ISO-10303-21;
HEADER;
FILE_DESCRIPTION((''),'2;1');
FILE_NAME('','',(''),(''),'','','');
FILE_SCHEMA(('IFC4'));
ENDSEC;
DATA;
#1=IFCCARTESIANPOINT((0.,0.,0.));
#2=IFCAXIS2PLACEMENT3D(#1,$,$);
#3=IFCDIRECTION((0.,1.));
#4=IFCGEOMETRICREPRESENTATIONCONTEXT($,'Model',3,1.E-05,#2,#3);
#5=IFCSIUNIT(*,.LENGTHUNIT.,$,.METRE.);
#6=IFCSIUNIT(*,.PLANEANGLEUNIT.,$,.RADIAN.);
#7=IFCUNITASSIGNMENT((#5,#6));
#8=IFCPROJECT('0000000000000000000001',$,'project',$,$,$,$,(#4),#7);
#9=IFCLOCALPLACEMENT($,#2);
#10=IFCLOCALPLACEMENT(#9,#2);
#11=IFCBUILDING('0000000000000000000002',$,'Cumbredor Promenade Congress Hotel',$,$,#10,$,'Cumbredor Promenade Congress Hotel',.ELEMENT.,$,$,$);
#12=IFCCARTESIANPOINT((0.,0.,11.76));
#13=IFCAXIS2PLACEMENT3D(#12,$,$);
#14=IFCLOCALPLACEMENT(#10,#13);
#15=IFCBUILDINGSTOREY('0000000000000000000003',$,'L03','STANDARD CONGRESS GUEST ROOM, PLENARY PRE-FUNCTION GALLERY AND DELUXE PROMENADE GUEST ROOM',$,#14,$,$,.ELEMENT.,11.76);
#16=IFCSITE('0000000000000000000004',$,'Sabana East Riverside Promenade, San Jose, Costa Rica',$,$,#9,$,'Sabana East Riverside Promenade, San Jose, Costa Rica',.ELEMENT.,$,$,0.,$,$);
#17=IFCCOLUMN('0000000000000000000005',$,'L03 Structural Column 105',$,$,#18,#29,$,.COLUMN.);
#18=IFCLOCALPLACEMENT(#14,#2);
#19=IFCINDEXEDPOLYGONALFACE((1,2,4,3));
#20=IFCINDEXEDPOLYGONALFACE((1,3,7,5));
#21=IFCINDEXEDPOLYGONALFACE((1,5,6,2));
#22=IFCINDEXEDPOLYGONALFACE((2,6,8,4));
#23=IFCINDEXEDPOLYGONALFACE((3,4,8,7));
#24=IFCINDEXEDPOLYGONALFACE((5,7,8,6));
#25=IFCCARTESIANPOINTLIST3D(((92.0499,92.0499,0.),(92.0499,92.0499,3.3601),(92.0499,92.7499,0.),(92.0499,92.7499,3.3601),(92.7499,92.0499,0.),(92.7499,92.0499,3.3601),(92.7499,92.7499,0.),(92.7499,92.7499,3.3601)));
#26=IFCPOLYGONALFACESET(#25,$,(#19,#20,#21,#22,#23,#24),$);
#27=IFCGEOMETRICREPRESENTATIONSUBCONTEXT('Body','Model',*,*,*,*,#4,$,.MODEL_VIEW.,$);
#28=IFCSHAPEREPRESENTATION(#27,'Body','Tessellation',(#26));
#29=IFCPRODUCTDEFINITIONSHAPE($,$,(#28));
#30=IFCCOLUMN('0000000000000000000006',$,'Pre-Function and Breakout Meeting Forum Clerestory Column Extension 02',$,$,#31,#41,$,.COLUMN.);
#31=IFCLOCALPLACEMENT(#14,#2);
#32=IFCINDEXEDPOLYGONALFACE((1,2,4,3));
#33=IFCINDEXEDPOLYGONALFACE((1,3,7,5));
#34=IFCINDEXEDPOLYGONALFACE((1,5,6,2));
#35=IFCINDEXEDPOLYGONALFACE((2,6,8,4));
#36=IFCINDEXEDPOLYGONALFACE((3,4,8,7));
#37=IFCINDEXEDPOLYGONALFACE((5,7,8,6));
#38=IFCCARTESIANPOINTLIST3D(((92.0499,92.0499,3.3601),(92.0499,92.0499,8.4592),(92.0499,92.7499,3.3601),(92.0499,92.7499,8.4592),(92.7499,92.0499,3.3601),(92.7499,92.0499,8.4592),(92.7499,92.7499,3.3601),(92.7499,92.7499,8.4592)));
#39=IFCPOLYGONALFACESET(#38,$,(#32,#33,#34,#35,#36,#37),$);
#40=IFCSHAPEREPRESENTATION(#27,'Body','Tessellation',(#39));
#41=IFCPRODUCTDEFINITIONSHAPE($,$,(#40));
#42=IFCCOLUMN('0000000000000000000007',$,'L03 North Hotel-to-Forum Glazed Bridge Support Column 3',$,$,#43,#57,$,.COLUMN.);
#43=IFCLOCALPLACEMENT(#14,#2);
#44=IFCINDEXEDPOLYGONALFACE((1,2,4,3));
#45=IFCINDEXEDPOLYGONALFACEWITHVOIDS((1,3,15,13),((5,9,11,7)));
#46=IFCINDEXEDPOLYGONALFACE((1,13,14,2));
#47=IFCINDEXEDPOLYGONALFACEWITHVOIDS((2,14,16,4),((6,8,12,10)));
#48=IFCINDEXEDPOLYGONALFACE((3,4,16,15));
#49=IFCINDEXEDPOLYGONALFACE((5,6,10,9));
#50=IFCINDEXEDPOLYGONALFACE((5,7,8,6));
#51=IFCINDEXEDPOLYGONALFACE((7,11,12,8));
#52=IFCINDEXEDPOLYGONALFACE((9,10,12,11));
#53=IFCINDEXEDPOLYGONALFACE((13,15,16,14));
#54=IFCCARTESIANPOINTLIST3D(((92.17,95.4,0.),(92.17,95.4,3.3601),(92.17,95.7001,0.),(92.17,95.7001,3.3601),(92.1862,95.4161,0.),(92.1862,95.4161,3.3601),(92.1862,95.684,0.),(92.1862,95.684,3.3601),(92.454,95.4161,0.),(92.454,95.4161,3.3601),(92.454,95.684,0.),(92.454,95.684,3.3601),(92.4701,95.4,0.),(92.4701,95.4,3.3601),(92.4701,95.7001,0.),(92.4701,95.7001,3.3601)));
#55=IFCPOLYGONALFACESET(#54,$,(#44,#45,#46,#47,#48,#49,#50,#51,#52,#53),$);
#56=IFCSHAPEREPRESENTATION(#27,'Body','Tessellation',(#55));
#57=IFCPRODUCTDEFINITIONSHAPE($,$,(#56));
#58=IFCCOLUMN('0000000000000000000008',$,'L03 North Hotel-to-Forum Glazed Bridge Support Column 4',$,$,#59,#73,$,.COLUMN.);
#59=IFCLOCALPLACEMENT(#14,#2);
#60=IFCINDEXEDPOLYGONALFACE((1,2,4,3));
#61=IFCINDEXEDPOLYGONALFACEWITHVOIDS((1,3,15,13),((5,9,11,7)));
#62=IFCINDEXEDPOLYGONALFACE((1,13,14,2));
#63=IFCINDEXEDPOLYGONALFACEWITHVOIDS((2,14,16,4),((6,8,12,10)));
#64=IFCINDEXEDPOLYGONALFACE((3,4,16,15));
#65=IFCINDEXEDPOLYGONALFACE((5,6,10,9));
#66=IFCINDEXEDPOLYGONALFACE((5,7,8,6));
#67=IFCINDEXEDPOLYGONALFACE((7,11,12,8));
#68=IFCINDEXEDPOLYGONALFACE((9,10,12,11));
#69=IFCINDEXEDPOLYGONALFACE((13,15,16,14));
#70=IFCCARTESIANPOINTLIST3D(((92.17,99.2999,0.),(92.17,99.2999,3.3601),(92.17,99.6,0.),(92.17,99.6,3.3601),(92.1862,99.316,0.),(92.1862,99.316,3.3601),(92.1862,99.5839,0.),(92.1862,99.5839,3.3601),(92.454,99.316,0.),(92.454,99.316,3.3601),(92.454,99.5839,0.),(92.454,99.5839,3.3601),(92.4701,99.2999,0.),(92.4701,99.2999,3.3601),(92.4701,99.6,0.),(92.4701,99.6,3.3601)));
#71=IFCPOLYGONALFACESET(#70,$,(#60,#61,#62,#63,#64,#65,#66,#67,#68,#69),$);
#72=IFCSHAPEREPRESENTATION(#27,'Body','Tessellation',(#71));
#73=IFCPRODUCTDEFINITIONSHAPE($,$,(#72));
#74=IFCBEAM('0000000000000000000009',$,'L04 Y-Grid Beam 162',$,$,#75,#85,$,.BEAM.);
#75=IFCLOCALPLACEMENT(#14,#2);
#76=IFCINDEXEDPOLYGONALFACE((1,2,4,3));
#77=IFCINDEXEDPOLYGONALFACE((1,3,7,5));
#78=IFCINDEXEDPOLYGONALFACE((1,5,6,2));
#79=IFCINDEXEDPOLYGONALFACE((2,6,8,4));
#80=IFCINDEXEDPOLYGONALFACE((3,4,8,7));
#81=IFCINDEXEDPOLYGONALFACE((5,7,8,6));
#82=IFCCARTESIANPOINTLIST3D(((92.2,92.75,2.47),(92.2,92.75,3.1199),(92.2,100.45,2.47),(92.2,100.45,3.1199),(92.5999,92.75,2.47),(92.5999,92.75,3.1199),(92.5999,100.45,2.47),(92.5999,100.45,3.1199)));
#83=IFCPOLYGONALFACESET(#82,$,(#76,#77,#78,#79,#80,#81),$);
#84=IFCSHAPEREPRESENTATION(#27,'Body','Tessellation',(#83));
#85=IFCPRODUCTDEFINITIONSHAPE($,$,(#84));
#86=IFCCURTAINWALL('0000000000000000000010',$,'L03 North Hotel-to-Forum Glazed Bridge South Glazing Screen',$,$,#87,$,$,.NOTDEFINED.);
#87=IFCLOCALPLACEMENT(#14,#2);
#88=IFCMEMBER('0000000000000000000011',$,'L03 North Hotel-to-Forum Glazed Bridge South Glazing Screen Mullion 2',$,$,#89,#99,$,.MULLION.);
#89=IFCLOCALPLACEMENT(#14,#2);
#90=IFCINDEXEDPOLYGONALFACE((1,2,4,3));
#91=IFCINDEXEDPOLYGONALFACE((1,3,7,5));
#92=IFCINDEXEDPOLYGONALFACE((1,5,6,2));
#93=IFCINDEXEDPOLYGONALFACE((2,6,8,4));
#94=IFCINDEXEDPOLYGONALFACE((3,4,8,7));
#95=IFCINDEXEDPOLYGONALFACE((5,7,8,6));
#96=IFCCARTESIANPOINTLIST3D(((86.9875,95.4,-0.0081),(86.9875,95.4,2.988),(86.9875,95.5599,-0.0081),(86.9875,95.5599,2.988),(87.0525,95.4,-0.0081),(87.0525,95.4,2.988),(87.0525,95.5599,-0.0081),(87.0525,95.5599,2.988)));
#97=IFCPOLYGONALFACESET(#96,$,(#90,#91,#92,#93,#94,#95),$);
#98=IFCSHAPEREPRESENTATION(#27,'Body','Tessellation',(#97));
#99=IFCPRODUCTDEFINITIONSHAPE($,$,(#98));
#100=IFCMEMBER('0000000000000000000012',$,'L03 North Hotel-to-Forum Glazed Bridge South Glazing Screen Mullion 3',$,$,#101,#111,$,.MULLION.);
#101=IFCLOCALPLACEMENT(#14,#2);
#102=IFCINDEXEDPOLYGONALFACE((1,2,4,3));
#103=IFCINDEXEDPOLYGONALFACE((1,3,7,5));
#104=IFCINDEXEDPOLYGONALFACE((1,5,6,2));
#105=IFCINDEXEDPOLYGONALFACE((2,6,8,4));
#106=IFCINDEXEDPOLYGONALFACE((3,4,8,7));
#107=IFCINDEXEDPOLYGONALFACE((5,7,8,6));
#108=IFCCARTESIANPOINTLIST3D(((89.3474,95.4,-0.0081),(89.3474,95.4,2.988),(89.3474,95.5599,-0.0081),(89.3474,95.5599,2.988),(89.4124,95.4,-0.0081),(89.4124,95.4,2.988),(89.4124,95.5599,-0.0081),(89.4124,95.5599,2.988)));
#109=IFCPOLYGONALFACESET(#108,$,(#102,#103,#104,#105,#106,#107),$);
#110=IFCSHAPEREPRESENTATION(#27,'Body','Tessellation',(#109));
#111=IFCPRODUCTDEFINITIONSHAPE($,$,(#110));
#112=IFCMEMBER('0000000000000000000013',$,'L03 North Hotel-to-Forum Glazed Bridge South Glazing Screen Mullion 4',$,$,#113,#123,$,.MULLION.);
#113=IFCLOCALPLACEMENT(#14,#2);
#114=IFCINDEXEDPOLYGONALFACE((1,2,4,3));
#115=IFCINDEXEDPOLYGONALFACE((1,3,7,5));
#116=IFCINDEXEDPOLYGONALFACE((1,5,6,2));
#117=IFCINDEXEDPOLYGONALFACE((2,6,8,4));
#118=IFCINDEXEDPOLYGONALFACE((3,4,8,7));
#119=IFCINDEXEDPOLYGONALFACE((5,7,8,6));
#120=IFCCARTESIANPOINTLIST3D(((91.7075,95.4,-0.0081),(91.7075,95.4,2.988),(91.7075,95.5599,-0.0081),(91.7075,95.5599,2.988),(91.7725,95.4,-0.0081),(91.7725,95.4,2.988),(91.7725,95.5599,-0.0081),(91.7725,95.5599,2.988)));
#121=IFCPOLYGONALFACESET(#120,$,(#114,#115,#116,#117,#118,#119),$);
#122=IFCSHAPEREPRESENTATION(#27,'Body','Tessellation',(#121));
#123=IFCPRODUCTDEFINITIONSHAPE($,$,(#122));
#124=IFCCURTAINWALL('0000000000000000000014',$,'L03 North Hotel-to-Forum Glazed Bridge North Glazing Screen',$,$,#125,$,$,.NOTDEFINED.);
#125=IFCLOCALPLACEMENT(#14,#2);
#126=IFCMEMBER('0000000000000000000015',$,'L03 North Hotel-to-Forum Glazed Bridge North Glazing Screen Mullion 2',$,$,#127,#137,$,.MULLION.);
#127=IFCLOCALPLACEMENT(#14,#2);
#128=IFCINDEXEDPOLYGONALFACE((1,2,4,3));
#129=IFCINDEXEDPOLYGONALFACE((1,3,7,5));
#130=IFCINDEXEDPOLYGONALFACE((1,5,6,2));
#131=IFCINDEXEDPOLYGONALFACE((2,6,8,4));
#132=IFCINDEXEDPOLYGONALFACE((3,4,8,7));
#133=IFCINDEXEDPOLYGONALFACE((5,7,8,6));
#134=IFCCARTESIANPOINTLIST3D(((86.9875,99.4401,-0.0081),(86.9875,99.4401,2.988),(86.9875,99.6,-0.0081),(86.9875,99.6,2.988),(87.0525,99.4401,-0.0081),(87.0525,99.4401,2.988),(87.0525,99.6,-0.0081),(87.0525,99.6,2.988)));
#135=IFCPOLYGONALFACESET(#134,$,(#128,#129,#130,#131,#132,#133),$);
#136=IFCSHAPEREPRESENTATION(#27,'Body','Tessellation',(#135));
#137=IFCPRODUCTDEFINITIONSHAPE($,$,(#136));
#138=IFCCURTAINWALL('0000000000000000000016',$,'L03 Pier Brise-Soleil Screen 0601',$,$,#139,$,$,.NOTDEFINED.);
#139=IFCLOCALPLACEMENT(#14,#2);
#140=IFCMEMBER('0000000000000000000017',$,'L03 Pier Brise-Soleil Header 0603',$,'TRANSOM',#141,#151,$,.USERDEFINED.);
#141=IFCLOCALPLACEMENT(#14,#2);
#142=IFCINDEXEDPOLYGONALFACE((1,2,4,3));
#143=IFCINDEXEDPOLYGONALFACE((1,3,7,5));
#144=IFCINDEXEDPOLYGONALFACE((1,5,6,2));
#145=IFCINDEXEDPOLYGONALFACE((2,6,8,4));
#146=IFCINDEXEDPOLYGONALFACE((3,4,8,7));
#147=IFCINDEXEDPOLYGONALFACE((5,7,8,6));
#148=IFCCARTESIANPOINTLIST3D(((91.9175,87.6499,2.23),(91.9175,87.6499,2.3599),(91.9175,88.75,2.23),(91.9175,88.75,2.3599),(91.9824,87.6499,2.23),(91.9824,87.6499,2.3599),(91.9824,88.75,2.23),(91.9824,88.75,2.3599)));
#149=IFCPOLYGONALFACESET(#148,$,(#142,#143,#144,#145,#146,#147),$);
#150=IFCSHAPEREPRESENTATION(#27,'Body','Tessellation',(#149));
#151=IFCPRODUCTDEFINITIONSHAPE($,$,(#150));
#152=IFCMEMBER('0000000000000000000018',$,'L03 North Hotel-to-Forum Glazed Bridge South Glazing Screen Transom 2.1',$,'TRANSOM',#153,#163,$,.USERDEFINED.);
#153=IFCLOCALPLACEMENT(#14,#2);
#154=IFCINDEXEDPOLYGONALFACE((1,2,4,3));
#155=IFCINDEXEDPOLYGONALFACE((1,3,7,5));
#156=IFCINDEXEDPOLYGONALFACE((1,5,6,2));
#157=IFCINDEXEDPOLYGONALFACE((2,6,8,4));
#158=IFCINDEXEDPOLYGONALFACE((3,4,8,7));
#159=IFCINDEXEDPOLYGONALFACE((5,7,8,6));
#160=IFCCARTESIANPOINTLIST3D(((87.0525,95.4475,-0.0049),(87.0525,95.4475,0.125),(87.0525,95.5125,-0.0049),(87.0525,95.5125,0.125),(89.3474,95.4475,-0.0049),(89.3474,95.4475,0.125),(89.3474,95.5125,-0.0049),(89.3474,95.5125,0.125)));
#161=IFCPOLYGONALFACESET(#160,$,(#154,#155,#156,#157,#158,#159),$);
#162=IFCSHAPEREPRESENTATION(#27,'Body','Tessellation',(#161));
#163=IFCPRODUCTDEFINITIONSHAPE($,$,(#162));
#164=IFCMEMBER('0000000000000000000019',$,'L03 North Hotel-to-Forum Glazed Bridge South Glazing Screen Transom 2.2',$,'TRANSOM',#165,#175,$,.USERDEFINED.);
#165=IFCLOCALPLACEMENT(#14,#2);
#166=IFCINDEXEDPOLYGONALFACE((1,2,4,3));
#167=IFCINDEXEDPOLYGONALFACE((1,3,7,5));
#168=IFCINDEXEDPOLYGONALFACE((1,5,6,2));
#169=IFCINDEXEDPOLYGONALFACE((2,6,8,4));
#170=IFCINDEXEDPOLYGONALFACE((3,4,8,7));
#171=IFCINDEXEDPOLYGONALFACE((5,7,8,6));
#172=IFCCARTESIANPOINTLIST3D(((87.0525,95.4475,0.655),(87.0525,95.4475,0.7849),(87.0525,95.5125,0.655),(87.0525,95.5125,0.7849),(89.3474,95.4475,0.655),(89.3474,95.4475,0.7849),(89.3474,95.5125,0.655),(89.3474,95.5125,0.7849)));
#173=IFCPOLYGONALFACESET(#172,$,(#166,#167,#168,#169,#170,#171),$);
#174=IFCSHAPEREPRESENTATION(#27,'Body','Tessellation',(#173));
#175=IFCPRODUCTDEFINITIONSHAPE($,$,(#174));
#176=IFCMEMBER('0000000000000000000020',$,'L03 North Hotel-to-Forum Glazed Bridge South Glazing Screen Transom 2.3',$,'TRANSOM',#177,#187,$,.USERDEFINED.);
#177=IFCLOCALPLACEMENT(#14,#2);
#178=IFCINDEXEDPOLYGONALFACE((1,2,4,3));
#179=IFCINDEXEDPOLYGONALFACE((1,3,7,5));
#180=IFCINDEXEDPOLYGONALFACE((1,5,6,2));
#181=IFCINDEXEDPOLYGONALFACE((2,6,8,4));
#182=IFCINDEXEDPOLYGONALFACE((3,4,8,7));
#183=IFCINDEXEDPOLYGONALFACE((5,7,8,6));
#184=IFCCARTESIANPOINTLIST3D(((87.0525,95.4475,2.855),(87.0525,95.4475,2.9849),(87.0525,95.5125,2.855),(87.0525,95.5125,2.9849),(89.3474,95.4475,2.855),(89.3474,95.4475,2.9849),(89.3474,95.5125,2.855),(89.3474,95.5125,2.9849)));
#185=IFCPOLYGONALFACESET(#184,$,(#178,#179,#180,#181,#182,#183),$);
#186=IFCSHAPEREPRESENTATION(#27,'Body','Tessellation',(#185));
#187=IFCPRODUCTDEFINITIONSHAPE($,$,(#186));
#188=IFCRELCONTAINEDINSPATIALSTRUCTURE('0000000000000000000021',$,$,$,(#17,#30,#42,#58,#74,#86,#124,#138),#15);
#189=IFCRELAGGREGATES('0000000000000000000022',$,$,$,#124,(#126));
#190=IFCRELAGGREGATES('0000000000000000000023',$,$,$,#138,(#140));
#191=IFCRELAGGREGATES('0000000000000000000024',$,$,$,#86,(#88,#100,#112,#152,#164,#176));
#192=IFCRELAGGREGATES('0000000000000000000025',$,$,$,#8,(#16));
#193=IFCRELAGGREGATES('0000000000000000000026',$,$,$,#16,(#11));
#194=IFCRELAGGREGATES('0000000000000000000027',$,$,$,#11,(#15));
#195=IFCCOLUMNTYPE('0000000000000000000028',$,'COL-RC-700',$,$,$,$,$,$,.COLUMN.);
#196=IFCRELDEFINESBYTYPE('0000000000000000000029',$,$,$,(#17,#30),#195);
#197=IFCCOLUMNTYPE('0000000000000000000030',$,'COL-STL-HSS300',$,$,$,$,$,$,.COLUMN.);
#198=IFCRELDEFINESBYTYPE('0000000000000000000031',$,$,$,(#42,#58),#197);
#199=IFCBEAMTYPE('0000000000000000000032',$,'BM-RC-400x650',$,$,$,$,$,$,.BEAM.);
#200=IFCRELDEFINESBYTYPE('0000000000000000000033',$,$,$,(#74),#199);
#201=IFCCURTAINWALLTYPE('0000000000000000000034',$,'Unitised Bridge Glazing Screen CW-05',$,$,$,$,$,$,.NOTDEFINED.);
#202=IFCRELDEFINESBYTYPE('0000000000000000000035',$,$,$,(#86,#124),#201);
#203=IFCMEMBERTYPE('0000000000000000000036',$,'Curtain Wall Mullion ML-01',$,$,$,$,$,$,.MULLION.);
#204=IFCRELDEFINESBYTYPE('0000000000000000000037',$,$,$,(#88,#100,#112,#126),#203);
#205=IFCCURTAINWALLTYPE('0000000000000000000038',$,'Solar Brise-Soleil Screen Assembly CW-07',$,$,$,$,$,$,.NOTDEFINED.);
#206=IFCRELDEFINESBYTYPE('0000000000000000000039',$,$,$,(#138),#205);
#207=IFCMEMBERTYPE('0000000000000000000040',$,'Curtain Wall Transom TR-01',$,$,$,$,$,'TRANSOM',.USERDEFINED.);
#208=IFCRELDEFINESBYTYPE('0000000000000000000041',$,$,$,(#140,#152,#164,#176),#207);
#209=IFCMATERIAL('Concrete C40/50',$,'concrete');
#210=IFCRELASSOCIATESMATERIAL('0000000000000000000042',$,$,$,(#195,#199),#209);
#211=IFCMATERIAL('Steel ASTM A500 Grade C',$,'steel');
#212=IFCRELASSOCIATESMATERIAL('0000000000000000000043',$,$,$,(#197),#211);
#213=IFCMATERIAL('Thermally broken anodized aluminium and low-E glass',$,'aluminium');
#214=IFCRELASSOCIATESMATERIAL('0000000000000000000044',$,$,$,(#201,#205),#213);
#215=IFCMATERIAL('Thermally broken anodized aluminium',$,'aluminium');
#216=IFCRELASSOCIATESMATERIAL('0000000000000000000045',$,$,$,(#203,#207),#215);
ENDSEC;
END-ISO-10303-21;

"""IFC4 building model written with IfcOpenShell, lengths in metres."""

from ifc_helpers import new_model, si_unit, direction, frame, origin, origin_2d, place, context, subcontext, project, spatial, rectangle, hollow_rectangle, extrude, material, material_profile, profile_set, type_object, element, aggregate, save


model = new_model("IFC4")

# Units and contexts
model_context = context("Model", 3, precision=1e-05, world=origin(), true_north=direction((0.0, 1.0)))
body_context = subcontext(model_context, "Body", "Model", "MODEL_VIEW")
ifc_project = project(units=[si_unit("LENGTHUNIT", "METRE"), si_unit("PLANEANGLEUNIT", "RADIAN")], contexts=[model_context])

# Site, building, storey
site_placement = place(None, origin())
site = spatial("IfcSite", under=ifc_project, at=site_placement, Name="Sabana East Riverside Promenade, San Jose, Costa Rica", LongName="Sabana East Riverside Promenade, San Jose, Costa Rica", CompositionType="ELEMENT", RefElevation=0.0)
building_placement = place(site_placement, origin())
building = spatial("IfcBuilding", under=site, at=building_placement, Name="Cumbredor Promenade Congress Hotel", LongName="Cumbredor Promenade Congress Hotel", CompositionType="ELEMENT")
storey_placement = place(building_placement, frame((0.0, 0.0, 11.76)))
storey = spatial("IfcBuildingStorey", under=building, at=storey_placement, Name="L03", Description="STANDARD CONGRESS GUEST ROOM, PLENARY PRE-FUNCTION GALLERY AND DELUXE PROMENADE GUEST ROOM", CompositionType="ELEMENT", Elevation=11.76)

# Columns
ifc_material_1 = material(Name="Concrete C40/50", Category="concrete")
ifc_material_profile_1 = material_profile(ifc_material_1, rectangle(XDim=0.7, YDim=0.7, at=origin_2d()), Name="RC 700x700")
ifc_profile_set_1 = profile_set([ifc_material_profile_1], Name="Concrete C40/50")
column_type_1 = type_object("IfcColumnType", Name="COL-RC-700", PredefinedType="COLUMN", material=ifc_profile_set_1)
column_1_placement = place(storey_placement, frame((92.3999, 92.3999, 0.0), z_axis=(0.0, 0.0, 1.0), x_axis=(1.0, 0.0, 0.0)))
element("IfcColumn", 1, at=column_1_placement, inside=storey, type_object=column_type_1, Name="L03 Structural Column 105", PredefinedType="COLUMN", context=body_context, shape_type="SweptSolid", body=[
    extrude(rectangle(XDim=0.7, YDim=0.7, at=origin_2d()), origin(), (0.0, 0.0, 1.0), 3.3601),
])
column_2_placement = place(storey_placement, frame((92.3999, 92.3999, 3.3601), z_axis=(0.0, 0.0, 1.0), x_axis=(1.0, 0.0, 0.0)))
element("IfcColumn", 2, at=column_2_placement, inside=storey, type_object=column_type_1, Name="Pre-Function and Breakout Meeting Forum Clerestory Column Extension 02", PredefinedType="COLUMN", context=body_context, shape_type="SweptSolid", body=[
    extrude(rectangle(XDim=0.7, YDim=0.7, at=origin_2d()), origin(), (0.0, 0.0, 1.0), 5.0991),
])
ifc_material_2 = material(Name="Steel ASTM A500 Grade C", Category="steel")
ifc_material_profile_2 = material_profile(ifc_material_2, hollow_rectangle(XDim=0.3, YDim=0.3, WallThickness=0.0161, at=origin_2d()), Name="HSS 300x300x16")
ifc_profile_set_2 = profile_set([ifc_material_profile_2], Name="Steel ASTM A500 Grade C")
column_type_2 = type_object("IfcColumnType", Name="COL-STL-HSS300", PredefinedType="COLUMN", material=ifc_profile_set_2)
for number, where, z_axis, x_axis, name in (
    (3, (92.3201, 95.55, 0.0), (0.0, 0.0, 1.0), (1.0, 0.0, 0.0), "L03 North Hotel-to-Forum Glazed Bridge Support Column 3"),
    (4, (92.3201, 99.45, 0.0), (0.0, 0.0, 1.0), (1.0, 0.0, 0.0), "L03 North Hotel-to-Forum Glazed Bridge Support Column 4"),
):
    element("IfcColumn", number, at=place(storey_placement, frame(where, z_axis=z_axis, x_axis=x_axis)), inside=storey, type_object=column_type_2, Name=name, PredefinedType="COLUMN", context=body_context, shape_type="SweptSolid", body=[
        extrude(hollow_rectangle(XDim=0.3, YDim=0.3, WallThickness=0.0161, at=origin_2d()), origin(), (0.0, 0.0, 1.0), 3.3601),
    ])

# Beam
ifc_material_profile_3 = material_profile(ifc_material_1, rectangle(XDim=0.3999, YDim=0.6499, at=origin_2d()), Name="RC BEAM 400x650")
ifc_profile_set_3 = profile_set([ifc_material_profile_3], Name="Concrete C40/50")
beam_type_1 = type_object("IfcBeamType", Name="BM-RC-400x650", PredefinedType="BEAM", material=ifc_profile_set_3)
beam_1_placement = place(storey_placement, frame((92.3999, 92.75, 2.7949), z_axis=(0.0, 1.0, 0.0), x_axis=(-1.0, 0.0, 0.0)))
element("IfcBeam", 5, at=beam_1_placement, inside=storey, type_object=beam_type_1, Name="L04 Y-Grid Beam 162", PredefinedType="BEAM", context=body_context, shape_type="SweptSolid", body=[
    extrude(rectangle(XDim=0.3999, YDim=0.6499, at=origin_2d()), origin(), (0.0, 0.0, 1.0), 7.7),
])

# Curtain wall, members
ifc_material_3 = material(Name="Thermally broken anodized aluminium and low-E glass", Category="aluminium")
curtain_wall_type_1 = type_object("IfcCurtainWallType", Name="Unitised Bridge Glazing Screen CW-05", PredefinedType="NOTDEFINED", material=ifc_material_3)
curtain_wall_1_placement = place(storey_placement, origin())
curtain_wall_1 = element("IfcCurtainWall", 6, at=curtain_wall_1_placement, inside=storey, type_object=curtain_wall_type_1, Name="L03 North Hotel-to-Forum Glazed Bridge South Glazing Screen", PredefinedType="NOTDEFINED")
ifc_material_4 = material(Name="Thermally broken anodized aluminium", Category="aluminium")
ifc_material_profile_4 = material_profile(ifc_material_4, rectangle(XDim=0.0649, YDim=0.1599, at=origin_2d()), Name="ALU MULLION 65x160")
ifc_profile_set_4 = profile_set([ifc_material_profile_4], Name="Thermally broken anodized aluminium")
member_type_1 = type_object("IfcMemberType", Name="Curtain Wall Mullion ML-01", PredefinedType="MULLION", material=ifc_profile_set_4)
member_1_placement = place(storey_placement, frame((87.02, 95.48, -0.0081), z_axis=(0.0, 0.0, 1.0), x_axis=(1.0, 0.0, 0.0)))
member_1 = element("IfcMember", 7, at=member_1_placement, type_object=member_type_1, Name="L03 North Hotel-to-Forum Glazed Bridge South Glazing Screen Mullion 2", PredefinedType="MULLION", context=body_context, shape_type="SweptSolid", body=[
    extrude(rectangle(XDim=0.0649, YDim=0.1599, at=origin_2d()), origin(), (0.0, 0.0, 1.0), 2.9961),
])
member_2_placement = place(storey_placement, frame((89.3799, 95.48, -0.0081), z_axis=(0.0, 0.0, 1.0), x_axis=(1.0, 0.0, 0.0)))
member_2 = element("IfcMember", 8, at=member_2_placement, type_object=member_type_1, Name="L03 North Hotel-to-Forum Glazed Bridge South Glazing Screen Mullion 3", PredefinedType="MULLION", context=body_context, shape_type="SweptSolid", body=[
    extrude(rectangle(XDim=0.0649, YDim=0.1599, at=origin_2d()), origin(), (0.0, 0.0, 1.0), 2.9961),
])
member_3_placement = place(storey_placement, frame((91.74, 95.48, -0.0081), z_axis=(0.0, 0.0, 1.0), x_axis=(1.0, 0.0, 0.0)))
member_3 = element("IfcMember", 9, at=member_3_placement, type_object=member_type_1, Name="L03 North Hotel-to-Forum Glazed Bridge South Glazing Screen Mullion 4", PredefinedType="MULLION", context=body_context, shape_type="SweptSolid", body=[
    extrude(rectangle(XDim=0.0649, YDim=0.1599, at=origin_2d()), origin(), (0.0, 0.0, 1.0), 2.9961),
])

# Curtain walls, members
curtain_wall_2_placement = place(storey_placement, origin())
curtain_wall_2 = element("IfcCurtainWall", 10, at=curtain_wall_2_placement, inside=storey, type_object=curtain_wall_type_1, Name="L03 North Hotel-to-Forum Glazed Bridge North Glazing Screen", PredefinedType="NOTDEFINED")
member_4_placement = place(storey_placement, frame((87.02, 99.52, -0.0081), z_axis=(0.0, 0.0, 1.0), x_axis=(1.0, 0.0, 0.0)))
member_4 = element("IfcMember", 11, at=member_4_placement, type_object=member_type_1, Name="L03 North Hotel-to-Forum Glazed Bridge North Glazing Screen Mullion 2", PredefinedType="MULLION", context=body_context, shape_type="SweptSolid", body=[
    extrude(rectangle(XDim=0.0649, YDim=0.1599, at=origin_2d()), origin(), (0.0, 0.0, 1.0), 2.9961),
])
curtain_wall_type_2 = type_object("IfcCurtainWallType", Name="Solar Brise-Soleil Screen Assembly CW-07", PredefinedType="NOTDEFINED", material=ifc_material_3)
curtain_wall_3_placement = place(storey_placement, origin())
curtain_wall_3 = element("IfcCurtainWall", 12, at=curtain_wall_3_placement, inside=storey, type_object=curtain_wall_type_2, Name="L03 Pier Brise-Soleil Screen 0601", PredefinedType="NOTDEFINED")
ifc_material_profile_5 = material_profile(ifc_material_4, rectangle(XDim=0.0649, YDim=0.1299, at=origin_2d()), Name="ALU TRANSOM 65x130")
ifc_profile_set_5 = profile_set([ifc_material_profile_5], Name="Thermally broken anodized aluminium")
member_type_2 = type_object("IfcMemberType", Name="Curtain Wall Transom TR-01", ElementType="TRANSOM", PredefinedType="USERDEFINED", material=ifc_profile_set_5)
member_5_placement = place(storey_placement, frame((91.95, 87.6499, 2.2949), z_axis=(0.0, 1.0, 0.0), x_axis=(-1.0, 0.0, 0.0)))
member_5 = element("IfcMember", 13, at=member_5_placement, type_object=member_type_2, Name="L03 Pier Brise-Soleil Header 0603", ObjectType="TRANSOM", PredefinedType="USERDEFINED", context=body_context, shape_type="SweptSolid", body=[
    extrude(rectangle(XDim=0.0649, YDim=0.1299, at=origin_2d()), origin(), (0.0, 0.0, 1.0), 1.1001),
])

# Members
member_6_placement = place(storey_placement, frame((87.0525, 95.48, 0.0601), z_axis=(1.0, 0.0, 0.0), x_axis=(0.0, 1.0, 0.0)))
member_6 = element("IfcMember", 14, at=member_6_placement, type_object=member_type_2, Name="L03 North Hotel-to-Forum Glazed Bridge South Glazing Screen Transom 2.1", ObjectType="TRANSOM", PredefinedType="USERDEFINED", context=body_context, shape_type="SweptSolid", body=[
    extrude(rectangle(XDim=0.0649, YDim=0.1299, at=origin_2d()), origin(), (0.0, 0.0, 1.0), 2.2949),
])
member_7_placement = place(storey_placement, frame((87.0525, 95.48, 0.72), z_axis=(1.0, 0.0, 0.0), x_axis=(0.0, 1.0, 0.0)))
member_7 = element("IfcMember", 15, at=member_7_placement, type_object=member_type_2, Name="L03 North Hotel-to-Forum Glazed Bridge South Glazing Screen Transom 2.2", ObjectType="TRANSOM", PredefinedType="USERDEFINED", context=body_context, shape_type="SweptSolid", body=[
    extrude(rectangle(XDim=0.0649, YDim=0.1299, at=origin_2d()), origin(), (0.0, 0.0, 1.0), 2.2949),
])
member_8_placement = place(storey_placement, frame((87.0525, 95.48, 2.9199), z_axis=(1.0, 0.0, 0.0), x_axis=(0.0, 1.0, 0.0)))
member_8 = element("IfcMember", 16, at=member_8_placement, type_object=member_type_2, Name="L03 North Hotel-to-Forum Glazed Bridge South Glazing Screen Transom 2.3", ObjectType="TRANSOM", PredefinedType="USERDEFINED", context=body_context, shape_type="SweptSolid", body=[
    extrude(rectangle(XDim=0.0649, YDim=0.1299, at=origin_2d()), origin(), (0.0, 0.0, 1.0), 2.2949),
])
aggregate(curtain_wall_2, [member_4])

aggregate(curtain_wall_3, [member_5])

aggregate(curtain_wall_1, [member_1, member_2, member_3, member_6, member_7, member_8])

save(model, "model.ifc")
